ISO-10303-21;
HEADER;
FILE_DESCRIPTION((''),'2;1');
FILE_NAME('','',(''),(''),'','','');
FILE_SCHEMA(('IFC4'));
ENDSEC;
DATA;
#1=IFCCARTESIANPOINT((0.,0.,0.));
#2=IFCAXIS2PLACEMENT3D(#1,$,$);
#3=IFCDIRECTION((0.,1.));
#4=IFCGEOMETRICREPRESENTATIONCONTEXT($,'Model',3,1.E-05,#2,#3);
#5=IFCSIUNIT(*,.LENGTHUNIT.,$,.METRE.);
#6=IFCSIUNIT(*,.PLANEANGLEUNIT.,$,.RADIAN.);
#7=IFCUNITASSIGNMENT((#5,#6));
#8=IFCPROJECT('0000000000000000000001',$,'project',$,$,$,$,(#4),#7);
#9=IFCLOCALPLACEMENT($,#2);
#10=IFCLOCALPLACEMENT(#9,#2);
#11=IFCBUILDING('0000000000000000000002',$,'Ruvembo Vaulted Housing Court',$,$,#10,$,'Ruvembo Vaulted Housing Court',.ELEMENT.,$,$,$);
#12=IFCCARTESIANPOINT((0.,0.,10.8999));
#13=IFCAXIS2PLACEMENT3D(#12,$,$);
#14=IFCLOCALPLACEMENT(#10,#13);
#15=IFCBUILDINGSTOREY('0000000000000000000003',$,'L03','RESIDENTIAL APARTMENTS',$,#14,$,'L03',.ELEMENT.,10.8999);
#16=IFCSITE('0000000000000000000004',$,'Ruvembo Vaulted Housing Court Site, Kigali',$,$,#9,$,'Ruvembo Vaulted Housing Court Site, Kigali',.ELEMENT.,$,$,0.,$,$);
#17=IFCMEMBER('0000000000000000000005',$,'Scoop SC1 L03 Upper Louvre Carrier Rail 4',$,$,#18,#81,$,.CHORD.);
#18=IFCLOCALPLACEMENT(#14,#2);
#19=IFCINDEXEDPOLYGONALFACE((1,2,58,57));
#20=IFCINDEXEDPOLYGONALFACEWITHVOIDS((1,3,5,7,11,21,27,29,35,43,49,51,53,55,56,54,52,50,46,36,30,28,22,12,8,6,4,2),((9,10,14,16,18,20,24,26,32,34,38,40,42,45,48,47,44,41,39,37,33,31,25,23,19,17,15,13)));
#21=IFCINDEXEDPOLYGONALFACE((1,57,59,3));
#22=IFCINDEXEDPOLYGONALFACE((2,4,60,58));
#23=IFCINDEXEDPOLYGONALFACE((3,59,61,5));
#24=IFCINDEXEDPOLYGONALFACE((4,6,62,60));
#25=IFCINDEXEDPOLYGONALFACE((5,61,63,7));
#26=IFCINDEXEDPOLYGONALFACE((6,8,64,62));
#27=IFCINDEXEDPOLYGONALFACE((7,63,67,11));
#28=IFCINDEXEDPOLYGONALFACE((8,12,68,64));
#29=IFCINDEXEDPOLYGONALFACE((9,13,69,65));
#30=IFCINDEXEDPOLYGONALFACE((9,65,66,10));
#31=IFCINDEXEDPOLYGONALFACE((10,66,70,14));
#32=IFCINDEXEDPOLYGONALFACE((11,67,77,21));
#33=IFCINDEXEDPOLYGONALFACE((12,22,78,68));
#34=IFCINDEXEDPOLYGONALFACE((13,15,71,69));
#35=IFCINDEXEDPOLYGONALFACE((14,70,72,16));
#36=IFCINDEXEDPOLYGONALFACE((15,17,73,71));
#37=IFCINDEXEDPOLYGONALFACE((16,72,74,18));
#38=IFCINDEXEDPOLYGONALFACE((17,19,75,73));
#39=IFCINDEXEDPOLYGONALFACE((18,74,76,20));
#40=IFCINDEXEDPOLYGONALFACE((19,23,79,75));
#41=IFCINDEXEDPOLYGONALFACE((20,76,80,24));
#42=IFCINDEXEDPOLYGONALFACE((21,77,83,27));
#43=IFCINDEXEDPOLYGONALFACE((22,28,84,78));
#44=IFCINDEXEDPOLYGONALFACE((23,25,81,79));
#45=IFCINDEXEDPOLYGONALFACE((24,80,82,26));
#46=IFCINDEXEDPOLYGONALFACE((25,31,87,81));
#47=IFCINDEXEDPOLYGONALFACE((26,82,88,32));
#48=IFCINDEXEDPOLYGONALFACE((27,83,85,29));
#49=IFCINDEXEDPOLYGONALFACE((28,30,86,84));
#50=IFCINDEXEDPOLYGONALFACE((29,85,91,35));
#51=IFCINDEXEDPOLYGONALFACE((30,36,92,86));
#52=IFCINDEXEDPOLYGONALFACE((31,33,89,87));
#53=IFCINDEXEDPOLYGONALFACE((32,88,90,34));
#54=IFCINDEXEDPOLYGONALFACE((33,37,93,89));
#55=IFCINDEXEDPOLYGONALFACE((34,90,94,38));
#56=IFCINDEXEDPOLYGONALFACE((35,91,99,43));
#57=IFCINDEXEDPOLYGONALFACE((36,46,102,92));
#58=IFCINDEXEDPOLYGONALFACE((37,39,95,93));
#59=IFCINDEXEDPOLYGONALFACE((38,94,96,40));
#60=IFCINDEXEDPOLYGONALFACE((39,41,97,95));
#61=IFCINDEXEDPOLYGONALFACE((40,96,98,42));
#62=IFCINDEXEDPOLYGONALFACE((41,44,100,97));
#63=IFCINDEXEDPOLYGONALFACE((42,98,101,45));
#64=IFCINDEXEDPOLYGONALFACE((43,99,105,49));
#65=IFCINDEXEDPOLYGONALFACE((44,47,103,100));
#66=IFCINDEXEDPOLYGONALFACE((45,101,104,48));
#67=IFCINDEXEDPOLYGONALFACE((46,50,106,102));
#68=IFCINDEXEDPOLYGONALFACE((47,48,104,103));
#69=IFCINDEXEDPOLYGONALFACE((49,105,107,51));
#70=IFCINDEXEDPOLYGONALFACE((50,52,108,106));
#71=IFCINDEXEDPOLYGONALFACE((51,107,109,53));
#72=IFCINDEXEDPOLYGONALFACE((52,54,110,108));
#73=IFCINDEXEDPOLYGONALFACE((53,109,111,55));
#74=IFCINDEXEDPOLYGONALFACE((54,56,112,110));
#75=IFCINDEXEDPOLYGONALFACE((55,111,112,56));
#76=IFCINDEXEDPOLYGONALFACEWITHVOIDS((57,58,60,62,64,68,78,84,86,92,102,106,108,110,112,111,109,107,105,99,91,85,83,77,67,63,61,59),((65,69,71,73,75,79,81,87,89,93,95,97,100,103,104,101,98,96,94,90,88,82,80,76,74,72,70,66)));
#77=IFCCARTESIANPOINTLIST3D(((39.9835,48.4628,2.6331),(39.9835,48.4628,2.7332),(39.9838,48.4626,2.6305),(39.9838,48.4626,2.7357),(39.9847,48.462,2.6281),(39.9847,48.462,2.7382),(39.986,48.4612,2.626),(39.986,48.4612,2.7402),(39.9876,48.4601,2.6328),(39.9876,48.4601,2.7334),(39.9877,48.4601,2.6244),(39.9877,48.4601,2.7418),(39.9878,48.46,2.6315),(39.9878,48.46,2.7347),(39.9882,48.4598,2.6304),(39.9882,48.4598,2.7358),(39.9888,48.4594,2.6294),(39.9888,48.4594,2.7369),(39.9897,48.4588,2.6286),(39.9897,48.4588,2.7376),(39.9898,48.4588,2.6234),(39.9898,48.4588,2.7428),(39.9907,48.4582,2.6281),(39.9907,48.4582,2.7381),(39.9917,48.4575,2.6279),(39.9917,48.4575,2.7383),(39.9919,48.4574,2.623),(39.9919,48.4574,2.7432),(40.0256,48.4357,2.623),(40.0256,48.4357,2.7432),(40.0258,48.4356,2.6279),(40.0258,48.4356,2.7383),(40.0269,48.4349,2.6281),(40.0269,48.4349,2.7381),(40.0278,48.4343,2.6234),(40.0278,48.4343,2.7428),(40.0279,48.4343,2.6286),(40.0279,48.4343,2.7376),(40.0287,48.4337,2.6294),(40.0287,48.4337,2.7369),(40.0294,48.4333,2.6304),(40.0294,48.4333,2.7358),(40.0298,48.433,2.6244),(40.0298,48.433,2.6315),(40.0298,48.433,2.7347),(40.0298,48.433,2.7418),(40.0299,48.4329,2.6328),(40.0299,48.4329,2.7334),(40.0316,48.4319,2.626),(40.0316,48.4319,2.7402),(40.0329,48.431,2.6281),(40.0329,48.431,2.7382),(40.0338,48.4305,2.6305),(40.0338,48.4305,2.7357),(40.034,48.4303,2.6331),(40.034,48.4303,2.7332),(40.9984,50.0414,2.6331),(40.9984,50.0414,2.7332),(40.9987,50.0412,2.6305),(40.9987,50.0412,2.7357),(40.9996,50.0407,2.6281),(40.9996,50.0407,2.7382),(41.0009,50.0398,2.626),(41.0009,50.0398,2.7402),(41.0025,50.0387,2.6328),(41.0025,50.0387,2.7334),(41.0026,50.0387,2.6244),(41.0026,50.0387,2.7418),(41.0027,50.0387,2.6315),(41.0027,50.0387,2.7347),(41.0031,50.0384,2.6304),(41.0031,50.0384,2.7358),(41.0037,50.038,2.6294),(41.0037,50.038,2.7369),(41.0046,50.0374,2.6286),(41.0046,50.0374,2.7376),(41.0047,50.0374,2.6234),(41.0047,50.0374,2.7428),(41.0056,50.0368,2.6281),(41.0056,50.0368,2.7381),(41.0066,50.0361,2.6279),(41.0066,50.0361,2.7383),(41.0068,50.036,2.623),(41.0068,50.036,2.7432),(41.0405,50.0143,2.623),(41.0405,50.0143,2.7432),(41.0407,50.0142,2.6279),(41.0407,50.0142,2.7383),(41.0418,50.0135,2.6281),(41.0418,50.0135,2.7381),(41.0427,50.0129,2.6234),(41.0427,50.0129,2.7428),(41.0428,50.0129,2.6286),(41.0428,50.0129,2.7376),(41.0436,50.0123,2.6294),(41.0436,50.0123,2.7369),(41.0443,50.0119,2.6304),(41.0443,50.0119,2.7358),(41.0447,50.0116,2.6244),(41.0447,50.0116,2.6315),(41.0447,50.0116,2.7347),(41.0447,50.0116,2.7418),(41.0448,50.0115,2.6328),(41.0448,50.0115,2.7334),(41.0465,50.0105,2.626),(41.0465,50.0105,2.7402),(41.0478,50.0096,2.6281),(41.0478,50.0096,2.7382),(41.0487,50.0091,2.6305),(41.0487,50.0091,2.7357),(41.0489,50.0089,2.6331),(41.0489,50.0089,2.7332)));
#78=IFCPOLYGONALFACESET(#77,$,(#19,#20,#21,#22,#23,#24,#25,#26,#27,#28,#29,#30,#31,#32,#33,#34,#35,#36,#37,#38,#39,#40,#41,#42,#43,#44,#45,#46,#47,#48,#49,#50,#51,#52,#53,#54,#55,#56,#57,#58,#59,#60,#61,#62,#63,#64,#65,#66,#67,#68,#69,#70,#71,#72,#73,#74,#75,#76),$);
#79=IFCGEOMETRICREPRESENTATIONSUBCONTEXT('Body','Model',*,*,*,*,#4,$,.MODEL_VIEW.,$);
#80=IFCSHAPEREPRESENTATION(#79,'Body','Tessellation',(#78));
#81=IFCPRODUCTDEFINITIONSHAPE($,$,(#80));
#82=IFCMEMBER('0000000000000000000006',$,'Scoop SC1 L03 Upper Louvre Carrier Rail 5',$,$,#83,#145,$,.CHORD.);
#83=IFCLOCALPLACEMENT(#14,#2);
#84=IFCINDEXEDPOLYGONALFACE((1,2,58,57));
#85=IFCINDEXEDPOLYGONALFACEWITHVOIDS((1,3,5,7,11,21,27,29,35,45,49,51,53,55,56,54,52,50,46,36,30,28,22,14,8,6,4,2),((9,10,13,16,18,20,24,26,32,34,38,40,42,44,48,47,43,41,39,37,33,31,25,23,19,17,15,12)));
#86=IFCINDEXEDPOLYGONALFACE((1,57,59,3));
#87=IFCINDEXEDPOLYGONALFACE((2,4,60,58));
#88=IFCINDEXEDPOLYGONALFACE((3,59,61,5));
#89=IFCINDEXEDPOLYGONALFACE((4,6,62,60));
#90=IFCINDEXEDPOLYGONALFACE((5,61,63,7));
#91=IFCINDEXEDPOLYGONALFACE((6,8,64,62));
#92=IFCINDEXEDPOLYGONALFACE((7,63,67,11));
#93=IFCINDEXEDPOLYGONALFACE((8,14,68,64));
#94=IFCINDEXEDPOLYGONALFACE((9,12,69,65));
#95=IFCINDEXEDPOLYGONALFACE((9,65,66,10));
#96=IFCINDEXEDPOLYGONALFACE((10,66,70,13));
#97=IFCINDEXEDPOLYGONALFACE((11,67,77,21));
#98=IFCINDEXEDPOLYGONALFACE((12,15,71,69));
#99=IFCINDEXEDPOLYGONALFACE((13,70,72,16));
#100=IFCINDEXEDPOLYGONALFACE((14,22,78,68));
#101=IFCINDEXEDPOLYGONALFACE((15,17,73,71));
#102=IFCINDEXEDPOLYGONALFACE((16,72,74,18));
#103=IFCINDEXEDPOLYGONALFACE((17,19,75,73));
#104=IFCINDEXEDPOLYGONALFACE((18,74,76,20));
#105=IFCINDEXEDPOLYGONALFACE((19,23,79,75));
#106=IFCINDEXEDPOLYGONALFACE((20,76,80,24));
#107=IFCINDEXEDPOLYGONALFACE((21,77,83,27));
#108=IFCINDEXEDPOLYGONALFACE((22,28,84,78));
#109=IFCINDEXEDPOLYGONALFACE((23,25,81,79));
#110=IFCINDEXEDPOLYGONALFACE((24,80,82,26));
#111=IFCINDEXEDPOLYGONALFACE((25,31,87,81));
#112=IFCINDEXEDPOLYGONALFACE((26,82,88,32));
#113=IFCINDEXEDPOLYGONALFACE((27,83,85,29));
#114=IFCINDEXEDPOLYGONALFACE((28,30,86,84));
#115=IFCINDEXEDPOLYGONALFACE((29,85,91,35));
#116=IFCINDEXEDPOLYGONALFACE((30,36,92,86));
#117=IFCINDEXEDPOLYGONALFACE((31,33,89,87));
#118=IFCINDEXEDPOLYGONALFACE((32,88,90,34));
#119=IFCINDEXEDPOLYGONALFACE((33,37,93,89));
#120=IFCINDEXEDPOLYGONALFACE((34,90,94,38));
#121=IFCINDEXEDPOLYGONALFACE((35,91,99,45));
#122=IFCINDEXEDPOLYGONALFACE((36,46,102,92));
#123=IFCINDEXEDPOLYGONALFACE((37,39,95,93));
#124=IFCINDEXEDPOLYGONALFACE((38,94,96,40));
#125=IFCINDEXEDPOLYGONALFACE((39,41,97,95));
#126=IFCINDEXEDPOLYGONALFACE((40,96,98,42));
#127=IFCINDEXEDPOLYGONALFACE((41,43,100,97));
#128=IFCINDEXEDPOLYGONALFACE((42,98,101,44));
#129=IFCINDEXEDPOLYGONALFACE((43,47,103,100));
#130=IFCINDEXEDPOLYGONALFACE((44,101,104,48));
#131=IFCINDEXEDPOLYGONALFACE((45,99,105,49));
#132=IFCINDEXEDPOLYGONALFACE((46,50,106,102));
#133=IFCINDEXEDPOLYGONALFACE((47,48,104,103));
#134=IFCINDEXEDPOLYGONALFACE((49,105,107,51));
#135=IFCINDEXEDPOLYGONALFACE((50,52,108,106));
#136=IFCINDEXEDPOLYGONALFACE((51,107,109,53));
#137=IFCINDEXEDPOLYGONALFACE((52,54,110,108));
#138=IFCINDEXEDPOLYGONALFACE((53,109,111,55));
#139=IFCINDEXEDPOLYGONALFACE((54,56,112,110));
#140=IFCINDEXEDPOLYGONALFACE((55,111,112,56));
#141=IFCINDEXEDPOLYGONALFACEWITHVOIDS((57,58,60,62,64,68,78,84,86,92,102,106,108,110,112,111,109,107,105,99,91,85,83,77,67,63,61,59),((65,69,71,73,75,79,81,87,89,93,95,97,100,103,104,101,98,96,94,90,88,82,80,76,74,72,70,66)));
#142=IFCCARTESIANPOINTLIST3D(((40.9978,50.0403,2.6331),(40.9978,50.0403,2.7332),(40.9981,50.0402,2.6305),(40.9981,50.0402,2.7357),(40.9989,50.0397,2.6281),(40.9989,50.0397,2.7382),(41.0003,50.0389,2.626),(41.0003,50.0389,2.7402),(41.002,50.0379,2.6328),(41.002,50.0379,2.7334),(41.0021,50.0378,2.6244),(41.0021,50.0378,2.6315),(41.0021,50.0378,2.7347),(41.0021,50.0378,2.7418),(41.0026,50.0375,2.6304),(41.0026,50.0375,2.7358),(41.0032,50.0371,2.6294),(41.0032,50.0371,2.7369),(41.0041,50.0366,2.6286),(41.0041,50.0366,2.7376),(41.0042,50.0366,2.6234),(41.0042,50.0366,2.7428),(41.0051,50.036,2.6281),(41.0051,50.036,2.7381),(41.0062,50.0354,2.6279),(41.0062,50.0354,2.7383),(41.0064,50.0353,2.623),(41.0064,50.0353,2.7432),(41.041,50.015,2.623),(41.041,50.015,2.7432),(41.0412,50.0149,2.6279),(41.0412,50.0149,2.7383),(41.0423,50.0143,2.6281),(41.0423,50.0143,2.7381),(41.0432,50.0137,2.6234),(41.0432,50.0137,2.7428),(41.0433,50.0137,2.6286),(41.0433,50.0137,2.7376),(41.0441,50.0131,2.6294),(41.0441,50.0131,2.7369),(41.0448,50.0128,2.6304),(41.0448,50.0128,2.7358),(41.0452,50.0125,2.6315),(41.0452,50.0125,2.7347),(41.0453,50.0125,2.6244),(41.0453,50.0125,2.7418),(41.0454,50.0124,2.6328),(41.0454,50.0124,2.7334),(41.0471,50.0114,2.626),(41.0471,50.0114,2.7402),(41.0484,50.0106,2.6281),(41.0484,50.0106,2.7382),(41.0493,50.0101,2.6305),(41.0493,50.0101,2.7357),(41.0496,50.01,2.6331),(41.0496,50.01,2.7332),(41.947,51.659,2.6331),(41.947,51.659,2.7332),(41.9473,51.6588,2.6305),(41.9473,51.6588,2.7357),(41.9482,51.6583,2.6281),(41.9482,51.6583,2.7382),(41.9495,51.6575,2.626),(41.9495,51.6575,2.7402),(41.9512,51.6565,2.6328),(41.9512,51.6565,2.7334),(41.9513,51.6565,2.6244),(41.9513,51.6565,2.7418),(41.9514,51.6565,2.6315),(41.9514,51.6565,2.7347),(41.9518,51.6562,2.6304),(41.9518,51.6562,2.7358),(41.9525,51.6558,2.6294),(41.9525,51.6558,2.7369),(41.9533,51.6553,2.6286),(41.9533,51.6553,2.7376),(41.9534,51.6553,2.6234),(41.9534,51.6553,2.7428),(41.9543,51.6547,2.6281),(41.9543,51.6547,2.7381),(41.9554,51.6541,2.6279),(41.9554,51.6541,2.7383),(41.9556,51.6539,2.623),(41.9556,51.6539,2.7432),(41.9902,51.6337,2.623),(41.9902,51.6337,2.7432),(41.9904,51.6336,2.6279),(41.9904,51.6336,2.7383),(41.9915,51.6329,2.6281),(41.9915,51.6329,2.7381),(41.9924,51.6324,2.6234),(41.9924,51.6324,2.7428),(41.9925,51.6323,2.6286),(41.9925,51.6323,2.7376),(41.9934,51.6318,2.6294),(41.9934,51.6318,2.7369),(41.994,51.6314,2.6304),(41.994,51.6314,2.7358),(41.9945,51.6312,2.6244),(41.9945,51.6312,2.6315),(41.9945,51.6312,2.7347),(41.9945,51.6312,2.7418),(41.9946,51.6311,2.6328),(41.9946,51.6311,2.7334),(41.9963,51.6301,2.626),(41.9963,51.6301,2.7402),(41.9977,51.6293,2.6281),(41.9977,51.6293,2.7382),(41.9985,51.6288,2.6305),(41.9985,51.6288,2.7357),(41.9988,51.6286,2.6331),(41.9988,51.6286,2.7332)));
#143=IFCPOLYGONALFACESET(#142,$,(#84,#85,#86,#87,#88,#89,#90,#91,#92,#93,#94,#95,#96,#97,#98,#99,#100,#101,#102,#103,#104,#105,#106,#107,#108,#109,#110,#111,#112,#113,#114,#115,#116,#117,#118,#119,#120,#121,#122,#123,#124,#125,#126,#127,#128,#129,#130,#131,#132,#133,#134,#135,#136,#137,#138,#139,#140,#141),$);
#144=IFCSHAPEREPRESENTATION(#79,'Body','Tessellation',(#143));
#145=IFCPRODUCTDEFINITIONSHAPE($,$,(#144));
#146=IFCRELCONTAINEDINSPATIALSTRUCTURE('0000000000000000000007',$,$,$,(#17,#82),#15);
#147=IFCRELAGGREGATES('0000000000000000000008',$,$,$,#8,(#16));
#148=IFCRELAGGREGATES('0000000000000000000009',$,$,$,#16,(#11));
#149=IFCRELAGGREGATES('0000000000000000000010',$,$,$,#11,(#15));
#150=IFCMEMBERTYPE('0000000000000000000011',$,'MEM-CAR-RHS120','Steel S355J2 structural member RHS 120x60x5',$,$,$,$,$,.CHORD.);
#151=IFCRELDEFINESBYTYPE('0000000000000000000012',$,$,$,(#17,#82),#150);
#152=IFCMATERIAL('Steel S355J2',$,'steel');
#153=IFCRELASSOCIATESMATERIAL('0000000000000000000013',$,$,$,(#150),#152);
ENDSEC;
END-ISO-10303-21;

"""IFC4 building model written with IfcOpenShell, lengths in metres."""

from ifc_helpers import new_model, si_unit, direction, frame, origin, origin_2d, place, context, subcontext, project, spatial, hollow_rectangle, extrude, material, material_profile, profile_set, type_object, element, save


model = new_model("IFC4")

# Units and contexts
model_context = context("Model", 3, precision=1e-05, world=origin(), true_north=direction((0.0, 1.0)))
body_context = subcontext(model_context, "Body", "Model", "MODEL_VIEW")
ifc_project = project(units=[si_unit("LENGTHUNIT", "METRE"), si_unit("PLANEANGLEUNIT", "RADIAN")], contexts=[model_context])

# Site, building, storey
site_placement = place(None, origin())
site = spatial("IfcSite", under=ifc_project, at=site_placement, Name="Ruvembo Vaulted Housing Court Site, Kigali", LongName="Ruvembo Vaulted Housing Court Site, Kigali", CompositionType="ELEMENT", RefElevation=0.0)
building_placement = place(site_placement, origin())
building = spatial("IfcBuilding", under=site, at=building_placement, Name="Ruvembo Vaulted Housing Court", LongName="Ruvembo Vaulted Housing Court", CompositionType="ELEMENT")
storey_placement = place(building_placement, frame((0.0, 0.0, 10.8999)))
storey = spatial("IfcBuildingStorey", under=building, at=storey_placement, Name="L03", Description="RESIDENTIAL APARTMENTS", LongName="L03", CompositionType="ELEMENT", Elevation=10.8999)

# Shared definitions
ifc_material_1 = material(Name="Steel S355J2", Category="steel")

# Members
ifc_material_profile_1 = material_profile(ifc_material_1, hollow_rectangle(XDim=0.0601, YDim=0.1201, WallThickness=0.0049, InnerFilletRadius=0.0049, OuterFilletRadius=0.01, at=origin_2d()), Name="RHS 120x60x5")
ifc_profile_set_1 = profile_set([ifc_material_profile_1], Name="Steel S355J2")
member_type_1 = type_object("IfcMemberType", Name="MEM-CAR-RHS120", Description="Steel S355J2 structural member RHS 120x60x5", PredefinedType="CHORD", material=ifc_profile_set_1)
member_1_placement = place(storey_placement, frame((40.0088, 48.4465, 2.6831), z_axis=(0.540784, 0.841162, 0.0), x_axis=(-0.841162, 0.540784, 0.0)))
element("IfcMember", 1, at=member_1_placement, inside=storey, type_object=member_type_1, Name="Scoop SC1 L03 Upper Louvre Carrier Rail 4", PredefinedType="CHORD", context=body_context, shape_type="SweptSolid", body=[
    extrude(hollow_rectangle(XDim=0.0601, YDim=0.1201, WallThickness=0.0049, InnerFilletRadius=0.0049, OuterFilletRadius=0.01, at=origin_2d()), origin(), (0.0, 0.0, 1.0), 1.8767),
])
member_2_placement = place(storey_placement, frame((41.0237, 50.0251, 2.6831), z_axis=(0.50586, 0.862616, 0.0), x_axis=(-0.862616, 0.50586, 0.0)))
element("IfcMember", 2, at=member_2_placement, inside=storey, type_object=member_type_1, Name="Scoop SC1 L03 Upper Louvre Carrier Rail 5", PredefinedType="CHORD", context=body_context, shape_type="SweptSolid", body=[
    extrude(hollow_rectangle(XDim=0.0601, YDim=0.1201, WallThickness=0.0049, InnerFilletRadius=0.0049, OuterFilletRadius=0.01, at=origin_2d()), origin(), (0.0, 0.0, 1.0), 1.8765),
])

save(model, "model.ifc")
